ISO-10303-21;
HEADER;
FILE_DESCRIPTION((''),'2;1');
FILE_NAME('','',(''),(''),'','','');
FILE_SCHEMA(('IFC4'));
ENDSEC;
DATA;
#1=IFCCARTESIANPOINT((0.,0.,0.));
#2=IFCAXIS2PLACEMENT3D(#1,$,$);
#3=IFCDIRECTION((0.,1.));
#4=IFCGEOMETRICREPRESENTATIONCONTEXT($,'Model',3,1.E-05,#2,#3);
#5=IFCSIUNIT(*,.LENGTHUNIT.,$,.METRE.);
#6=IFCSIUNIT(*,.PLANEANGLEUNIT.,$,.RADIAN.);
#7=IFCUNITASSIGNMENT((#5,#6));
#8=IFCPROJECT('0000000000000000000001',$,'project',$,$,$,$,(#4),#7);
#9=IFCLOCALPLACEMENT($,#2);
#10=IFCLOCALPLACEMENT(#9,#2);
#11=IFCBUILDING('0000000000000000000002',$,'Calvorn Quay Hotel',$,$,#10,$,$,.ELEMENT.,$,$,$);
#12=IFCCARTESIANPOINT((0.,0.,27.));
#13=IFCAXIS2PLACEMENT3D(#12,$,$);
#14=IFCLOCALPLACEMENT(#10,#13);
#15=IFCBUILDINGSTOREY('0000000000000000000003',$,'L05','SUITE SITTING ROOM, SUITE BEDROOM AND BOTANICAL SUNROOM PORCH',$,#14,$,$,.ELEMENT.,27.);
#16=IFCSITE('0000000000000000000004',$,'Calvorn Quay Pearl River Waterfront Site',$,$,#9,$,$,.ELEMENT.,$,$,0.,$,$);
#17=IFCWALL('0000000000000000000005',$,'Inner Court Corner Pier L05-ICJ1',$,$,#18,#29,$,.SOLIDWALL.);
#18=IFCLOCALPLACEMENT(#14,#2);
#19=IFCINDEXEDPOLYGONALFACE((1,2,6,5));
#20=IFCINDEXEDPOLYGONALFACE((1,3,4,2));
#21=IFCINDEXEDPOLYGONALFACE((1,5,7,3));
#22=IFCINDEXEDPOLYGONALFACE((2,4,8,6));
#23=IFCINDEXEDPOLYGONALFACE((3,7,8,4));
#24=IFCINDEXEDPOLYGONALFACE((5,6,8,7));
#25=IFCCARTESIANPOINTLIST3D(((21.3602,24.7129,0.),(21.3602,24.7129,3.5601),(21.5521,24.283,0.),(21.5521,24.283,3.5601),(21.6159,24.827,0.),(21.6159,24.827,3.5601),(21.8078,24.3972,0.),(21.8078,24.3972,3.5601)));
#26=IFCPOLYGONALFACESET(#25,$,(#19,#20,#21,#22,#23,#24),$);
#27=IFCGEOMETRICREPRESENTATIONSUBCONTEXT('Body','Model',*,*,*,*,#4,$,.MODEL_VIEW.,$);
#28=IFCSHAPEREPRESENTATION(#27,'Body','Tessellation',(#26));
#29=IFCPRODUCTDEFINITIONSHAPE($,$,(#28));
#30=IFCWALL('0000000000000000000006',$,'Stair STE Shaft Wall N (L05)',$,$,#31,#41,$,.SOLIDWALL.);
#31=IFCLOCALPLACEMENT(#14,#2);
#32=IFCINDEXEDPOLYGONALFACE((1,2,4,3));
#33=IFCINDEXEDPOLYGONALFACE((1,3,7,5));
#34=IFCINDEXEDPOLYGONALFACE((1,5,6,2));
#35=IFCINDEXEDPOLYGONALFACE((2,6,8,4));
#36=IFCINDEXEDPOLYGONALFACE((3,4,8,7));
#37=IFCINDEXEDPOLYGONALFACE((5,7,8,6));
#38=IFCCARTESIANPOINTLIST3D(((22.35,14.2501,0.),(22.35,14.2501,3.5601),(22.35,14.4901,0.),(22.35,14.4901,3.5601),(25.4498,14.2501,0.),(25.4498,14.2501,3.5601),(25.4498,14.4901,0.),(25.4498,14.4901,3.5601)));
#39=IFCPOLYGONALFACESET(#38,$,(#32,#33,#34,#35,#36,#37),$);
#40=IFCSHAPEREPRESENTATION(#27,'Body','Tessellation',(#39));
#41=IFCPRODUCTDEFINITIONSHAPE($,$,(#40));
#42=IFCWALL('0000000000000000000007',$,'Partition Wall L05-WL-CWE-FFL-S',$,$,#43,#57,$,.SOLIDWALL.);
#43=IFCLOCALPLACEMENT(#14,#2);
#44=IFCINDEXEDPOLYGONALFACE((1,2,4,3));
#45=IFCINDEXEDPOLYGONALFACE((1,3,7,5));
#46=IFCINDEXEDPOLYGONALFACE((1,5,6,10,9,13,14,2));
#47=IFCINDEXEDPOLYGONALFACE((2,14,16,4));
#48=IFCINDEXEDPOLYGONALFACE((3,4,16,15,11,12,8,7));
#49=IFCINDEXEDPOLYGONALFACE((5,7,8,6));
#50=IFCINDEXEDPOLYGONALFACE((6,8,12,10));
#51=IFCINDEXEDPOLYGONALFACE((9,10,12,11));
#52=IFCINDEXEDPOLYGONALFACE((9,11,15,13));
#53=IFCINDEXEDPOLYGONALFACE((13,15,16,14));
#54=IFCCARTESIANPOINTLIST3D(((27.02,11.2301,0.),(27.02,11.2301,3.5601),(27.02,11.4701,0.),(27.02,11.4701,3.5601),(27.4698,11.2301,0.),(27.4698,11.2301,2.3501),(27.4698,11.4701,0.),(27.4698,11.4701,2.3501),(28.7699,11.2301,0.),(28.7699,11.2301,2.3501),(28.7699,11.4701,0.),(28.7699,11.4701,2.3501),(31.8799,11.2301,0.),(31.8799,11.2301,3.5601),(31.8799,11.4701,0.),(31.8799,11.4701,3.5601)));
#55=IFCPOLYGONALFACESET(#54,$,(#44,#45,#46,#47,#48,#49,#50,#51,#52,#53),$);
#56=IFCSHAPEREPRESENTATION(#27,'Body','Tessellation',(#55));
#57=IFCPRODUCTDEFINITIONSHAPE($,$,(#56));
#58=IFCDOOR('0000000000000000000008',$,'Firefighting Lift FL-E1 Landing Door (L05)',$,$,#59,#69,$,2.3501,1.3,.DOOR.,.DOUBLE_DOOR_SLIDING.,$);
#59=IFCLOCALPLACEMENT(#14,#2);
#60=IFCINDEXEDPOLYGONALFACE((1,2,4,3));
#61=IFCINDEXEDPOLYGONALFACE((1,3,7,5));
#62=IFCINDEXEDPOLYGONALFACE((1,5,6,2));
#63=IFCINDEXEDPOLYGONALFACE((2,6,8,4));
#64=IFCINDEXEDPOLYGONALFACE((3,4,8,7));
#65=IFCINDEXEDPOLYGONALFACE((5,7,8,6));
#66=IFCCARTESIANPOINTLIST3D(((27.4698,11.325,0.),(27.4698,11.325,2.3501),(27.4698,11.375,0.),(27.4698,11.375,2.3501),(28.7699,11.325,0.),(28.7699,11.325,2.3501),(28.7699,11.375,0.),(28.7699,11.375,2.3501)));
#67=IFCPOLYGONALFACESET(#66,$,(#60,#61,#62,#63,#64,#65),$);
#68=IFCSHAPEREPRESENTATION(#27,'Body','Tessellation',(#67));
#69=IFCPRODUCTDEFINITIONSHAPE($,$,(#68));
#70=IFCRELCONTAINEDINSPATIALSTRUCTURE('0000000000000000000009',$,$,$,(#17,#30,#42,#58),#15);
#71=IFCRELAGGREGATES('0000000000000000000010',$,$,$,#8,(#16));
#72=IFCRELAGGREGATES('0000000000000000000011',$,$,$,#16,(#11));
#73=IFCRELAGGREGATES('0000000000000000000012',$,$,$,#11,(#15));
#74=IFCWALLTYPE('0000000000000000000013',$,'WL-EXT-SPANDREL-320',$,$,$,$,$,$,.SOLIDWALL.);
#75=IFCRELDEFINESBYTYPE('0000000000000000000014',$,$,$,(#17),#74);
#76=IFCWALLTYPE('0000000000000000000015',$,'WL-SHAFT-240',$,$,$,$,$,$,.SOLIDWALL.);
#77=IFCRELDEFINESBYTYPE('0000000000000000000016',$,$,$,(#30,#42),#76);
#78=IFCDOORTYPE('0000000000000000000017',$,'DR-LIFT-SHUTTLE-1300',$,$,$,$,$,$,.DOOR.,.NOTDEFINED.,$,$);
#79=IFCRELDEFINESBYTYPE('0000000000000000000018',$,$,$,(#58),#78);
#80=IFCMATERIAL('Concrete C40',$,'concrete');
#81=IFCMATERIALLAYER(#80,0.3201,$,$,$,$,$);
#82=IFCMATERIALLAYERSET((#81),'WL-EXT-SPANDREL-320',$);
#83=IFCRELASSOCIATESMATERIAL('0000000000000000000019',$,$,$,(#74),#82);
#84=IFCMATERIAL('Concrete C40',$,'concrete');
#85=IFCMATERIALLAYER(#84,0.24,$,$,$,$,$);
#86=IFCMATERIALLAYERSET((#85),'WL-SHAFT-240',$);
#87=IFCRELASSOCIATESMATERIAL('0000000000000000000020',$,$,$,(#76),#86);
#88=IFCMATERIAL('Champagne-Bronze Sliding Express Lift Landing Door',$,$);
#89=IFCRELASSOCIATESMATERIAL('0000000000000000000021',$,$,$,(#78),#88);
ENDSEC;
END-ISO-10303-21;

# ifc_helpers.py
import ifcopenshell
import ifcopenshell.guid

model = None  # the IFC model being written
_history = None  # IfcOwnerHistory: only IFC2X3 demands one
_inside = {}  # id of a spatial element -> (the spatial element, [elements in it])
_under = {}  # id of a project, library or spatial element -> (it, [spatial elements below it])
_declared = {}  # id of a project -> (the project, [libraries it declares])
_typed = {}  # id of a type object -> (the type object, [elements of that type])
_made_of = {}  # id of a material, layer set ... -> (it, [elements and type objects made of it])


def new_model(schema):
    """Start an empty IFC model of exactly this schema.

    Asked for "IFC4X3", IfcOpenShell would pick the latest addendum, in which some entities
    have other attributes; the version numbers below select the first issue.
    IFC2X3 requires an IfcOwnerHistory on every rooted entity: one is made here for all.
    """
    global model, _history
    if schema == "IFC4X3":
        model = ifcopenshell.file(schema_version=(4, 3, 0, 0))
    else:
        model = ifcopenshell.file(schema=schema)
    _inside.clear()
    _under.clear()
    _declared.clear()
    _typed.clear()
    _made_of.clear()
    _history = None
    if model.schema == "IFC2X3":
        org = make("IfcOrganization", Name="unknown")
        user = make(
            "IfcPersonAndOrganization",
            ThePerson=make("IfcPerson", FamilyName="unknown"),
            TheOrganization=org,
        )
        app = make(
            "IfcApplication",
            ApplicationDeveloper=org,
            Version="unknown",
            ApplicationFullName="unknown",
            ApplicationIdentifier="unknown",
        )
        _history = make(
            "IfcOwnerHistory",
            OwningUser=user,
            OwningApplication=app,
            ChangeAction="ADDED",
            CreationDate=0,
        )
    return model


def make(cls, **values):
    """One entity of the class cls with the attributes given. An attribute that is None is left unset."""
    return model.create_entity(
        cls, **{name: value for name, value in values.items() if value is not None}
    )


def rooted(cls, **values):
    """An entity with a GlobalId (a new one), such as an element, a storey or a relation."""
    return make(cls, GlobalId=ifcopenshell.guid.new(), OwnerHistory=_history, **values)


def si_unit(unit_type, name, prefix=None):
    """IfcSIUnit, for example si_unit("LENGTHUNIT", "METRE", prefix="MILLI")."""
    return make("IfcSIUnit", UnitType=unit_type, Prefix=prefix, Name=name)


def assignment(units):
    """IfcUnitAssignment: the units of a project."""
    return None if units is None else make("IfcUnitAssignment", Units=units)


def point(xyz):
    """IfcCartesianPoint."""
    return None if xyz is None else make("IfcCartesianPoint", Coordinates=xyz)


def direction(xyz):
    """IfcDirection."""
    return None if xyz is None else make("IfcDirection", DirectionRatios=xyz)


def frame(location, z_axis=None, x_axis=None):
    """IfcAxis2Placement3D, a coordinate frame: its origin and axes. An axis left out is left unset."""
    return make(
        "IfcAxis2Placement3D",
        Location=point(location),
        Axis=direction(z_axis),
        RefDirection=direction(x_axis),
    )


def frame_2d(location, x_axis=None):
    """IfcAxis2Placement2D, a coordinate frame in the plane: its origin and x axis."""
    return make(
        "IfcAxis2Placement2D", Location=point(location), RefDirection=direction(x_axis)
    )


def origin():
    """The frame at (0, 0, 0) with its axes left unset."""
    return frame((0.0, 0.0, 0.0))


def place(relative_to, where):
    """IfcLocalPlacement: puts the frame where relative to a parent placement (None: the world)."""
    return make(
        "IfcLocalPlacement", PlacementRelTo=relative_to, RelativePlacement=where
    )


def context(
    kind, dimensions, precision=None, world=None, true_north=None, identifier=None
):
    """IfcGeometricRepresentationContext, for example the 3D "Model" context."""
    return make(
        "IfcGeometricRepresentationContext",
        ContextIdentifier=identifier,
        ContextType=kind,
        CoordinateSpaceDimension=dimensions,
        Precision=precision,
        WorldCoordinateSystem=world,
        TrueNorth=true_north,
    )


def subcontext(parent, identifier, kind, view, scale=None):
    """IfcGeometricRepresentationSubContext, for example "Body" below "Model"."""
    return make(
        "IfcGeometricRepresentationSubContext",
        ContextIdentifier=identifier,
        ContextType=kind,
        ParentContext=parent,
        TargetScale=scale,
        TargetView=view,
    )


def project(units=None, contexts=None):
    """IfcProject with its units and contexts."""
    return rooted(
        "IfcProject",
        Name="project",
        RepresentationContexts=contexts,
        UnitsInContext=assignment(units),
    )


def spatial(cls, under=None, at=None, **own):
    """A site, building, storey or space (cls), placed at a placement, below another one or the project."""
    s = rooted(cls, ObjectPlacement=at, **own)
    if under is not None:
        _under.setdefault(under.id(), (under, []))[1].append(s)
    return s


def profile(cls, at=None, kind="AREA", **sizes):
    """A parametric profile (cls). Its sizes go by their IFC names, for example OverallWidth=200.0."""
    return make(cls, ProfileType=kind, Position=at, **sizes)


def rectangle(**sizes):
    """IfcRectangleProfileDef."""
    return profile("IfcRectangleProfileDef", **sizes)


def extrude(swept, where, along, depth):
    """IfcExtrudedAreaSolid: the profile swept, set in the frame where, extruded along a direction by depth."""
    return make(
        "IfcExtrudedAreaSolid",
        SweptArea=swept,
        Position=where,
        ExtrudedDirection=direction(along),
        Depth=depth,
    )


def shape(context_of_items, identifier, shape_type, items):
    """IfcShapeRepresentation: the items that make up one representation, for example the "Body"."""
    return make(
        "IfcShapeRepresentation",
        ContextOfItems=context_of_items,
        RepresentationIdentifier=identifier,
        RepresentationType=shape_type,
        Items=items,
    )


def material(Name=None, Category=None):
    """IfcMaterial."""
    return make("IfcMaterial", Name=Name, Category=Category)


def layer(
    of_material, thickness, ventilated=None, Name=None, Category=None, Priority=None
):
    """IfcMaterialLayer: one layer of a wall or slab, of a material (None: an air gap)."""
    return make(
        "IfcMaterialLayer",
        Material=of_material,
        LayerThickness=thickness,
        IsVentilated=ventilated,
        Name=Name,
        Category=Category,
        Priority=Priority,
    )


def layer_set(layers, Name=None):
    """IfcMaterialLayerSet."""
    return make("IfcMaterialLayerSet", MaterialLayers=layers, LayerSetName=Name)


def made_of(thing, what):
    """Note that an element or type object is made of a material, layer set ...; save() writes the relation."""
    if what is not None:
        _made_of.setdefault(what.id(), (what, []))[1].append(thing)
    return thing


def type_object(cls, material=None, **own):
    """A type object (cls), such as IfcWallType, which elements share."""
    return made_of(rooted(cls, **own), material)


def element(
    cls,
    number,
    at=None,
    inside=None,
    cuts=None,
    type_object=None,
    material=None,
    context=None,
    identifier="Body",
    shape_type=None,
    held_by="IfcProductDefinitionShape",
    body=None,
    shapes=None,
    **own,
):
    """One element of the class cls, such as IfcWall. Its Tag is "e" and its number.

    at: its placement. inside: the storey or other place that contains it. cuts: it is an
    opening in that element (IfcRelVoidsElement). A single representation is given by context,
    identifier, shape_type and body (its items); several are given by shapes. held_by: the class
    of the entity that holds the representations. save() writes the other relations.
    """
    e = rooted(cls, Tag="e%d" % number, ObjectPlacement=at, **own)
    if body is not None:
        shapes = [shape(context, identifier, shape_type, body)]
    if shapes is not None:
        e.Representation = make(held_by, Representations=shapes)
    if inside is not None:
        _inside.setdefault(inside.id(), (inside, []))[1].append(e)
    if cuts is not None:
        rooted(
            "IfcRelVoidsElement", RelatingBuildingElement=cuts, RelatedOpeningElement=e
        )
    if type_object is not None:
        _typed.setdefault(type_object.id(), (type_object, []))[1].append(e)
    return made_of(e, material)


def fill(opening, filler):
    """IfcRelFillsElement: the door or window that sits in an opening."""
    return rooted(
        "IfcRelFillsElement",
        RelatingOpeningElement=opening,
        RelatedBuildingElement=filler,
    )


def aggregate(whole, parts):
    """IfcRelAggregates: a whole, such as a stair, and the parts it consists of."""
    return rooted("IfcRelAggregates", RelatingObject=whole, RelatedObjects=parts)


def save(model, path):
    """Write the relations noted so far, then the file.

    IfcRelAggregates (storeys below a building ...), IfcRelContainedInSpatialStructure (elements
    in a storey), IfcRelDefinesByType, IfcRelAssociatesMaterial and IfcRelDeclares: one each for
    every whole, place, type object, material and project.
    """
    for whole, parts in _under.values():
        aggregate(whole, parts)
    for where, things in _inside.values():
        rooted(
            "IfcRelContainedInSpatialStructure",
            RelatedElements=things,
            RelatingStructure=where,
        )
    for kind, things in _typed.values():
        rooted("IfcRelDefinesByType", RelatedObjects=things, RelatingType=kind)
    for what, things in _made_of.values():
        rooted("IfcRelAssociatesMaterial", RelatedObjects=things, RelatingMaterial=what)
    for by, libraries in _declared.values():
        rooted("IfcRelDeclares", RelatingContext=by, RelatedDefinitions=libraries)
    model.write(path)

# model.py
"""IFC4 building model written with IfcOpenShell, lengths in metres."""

from ifc_helpers import new_model, si_unit, direction, frame, frame_2d, origin, place, context, subcontext, project, spatial, rectangle, extrude, material, layer, layer_set, type_object, element, fill, save


model = new_model("IFC4")

# Units and contexts
model_context = context("Model", 3, precision=1e-05, world=origin(), true_north=direction((0.0, 1.0)))
body_context = subcontext(model_context, "Body", "Model", "MODEL_VIEW")
ifc_project = project(units=[si_unit("LENGTHUNIT", "METRE"), si_unit("PLANEANGLEUNIT", "RADIAN")], contexts=[model_context])

# Site, building, storey
site_placement = place(None, origin())
site = spatial("IfcSite", under=ifc_project, at=site_placement, Name="Calvorn Quay Pearl River Waterfront Site", CompositionType="ELEMENT", RefElevation=0.0)
building_placement = place(site_placement, origin())
building = spatial("IfcBuilding", under=site, at=building_placement, Name="Calvorn Quay Hotel", CompositionType="ELEMENT")
storey_placement = place(building_placement, frame((0.0, 0.0, 27.0)))
storey = spatial("IfcBuildingStorey", under=building, at=storey_placement, Name="L05", Description="SUITE SITTING ROOM, SUITE BEDROOM AND BOTANICAL SUNROOM PORCH", CompositionType="ELEMENT", Elevation=27.0)

# Walls
ifc_material_1 = material(Name="Concrete C40", Category="concrete")
ifc_layer_1 = layer(ifc_material_1, 0.3201)
ifc_layer_set_1 = layer_set([ifc_layer_1], Name="WL-EXT-SPANDREL-320")
wall_type_1 = type_object("IfcWallType", Name="WL-EXT-SPANDREL-320", PredefinedType="SOLIDWALL", material=ifc_layer_set_1)
wall_1_placement = place(storey_placement, frame((21.6799, 24.3401, 0.0), z_axis=(0.0, 0.0, 1.0), x_axis=(-0.407581, 0.913169, 0.0)))
element("IfcWall", 1, at=wall_1_placement, inside=storey, type_object=wall_type_1, Name="Inner Court Corner Pier L05-ICJ1", PredefinedType="SOLIDWALL", context=body_context, shape_type="SweptSolid", body=[
    extrude(rectangle(XDim=0.4707, YDim=0.28, at=frame_2d((0.2354, 0.0))), origin(), (0.0, 0.0, 1.0), 3.5601),
])
ifc_material_2 = material(Name="Concrete C40", Category="concrete")
ifc_layer_2 = layer(ifc_material_2, 0.24)
ifc_layer_set_2 = layer_set([ifc_layer_2], Name="WL-SHAFT-240")
wall_type_2 = type_object("IfcWallType", Name="WL-SHAFT-240", PredefinedType="SOLIDWALL", material=ifc_layer_set_2)
wall_2_placement = place(storey_placement, frame((22.3501, 14.3701, 0.0), z_axis=(0.0, 0.0, 1.0), x_axis=(1.0, 0.0, 0.0)))
element("IfcWall", 2, at=wall_2_placement, inside=storey, type_object=wall_type_2, Name="Stair STE Shaft Wall N (L05)", PredefinedType="SOLIDWALL", context=body_context, shape_type="SweptSolid", body=[
    extrude(rectangle(XDim=3.0999, YDim=0.24, at=frame_2d((1.5498, 0.0))), origin(), (0.0, 0.0, 1.0), 3.5601),
])

# Wall, opening, door
wall_3_placement = place(storey_placement, frame((27.02, 11.3501, 0.0), z_axis=(0.0, 0.0, 1.0), x_axis=(1.0, 0.0, 0.0)))
wall_3 = element("IfcWall", 3, at=wall_3_placement, inside=storey, type_object=wall_type_2, Name="Partition Wall L05-WL-CWE-FFL-S", PredefinedType="SOLIDWALL", context=body_context, shape_type="SweptSolid", body=[
    extrude(rectangle(XDim=4.8599, YDim=0.24, at=frame_2d((2.4299, 0.0))), origin(), (0.0, 0.0, 1.0), 3.5601),
])
opening_1_placement = place(wall_3_placement, frame((0.45, 0.0, 0.0)))
opening_1 = element("IfcOpeningElement", 4, at=opening_1_placement, cuts=wall_3, PredefinedType="OPENING", context=body_context, shape_type="SweptSolid", body=[
    extrude(rectangle(XDim=1.3, YDim=2.3501, at=frame_2d((0.6499, 1.175))), frame((0.0, 0.1299, 0.0), z_axis=(0.0, -1.0, 0.0), x_axis=(1.0, 0.0, 0.0)), (0.0, 0.0, 1.0), 0.26),
])
ifc_material_3 = material(Name="Champagne-Bronze Sliding Express Lift Landing Door")
door_type_1 = type_object("IfcDoorType", Name="DR-LIFT-SHUTTLE-1300", OperationType="NOTDEFINED", PredefinedType="DOOR", material=ifc_material_3)
door_1_placement = place(opening_1_placement, origin())
door_1 = element("IfcDoor", 5, at=door_1_placement, inside=storey, type_object=door_type_1, Name="Firefighting Lift FL-E1 Landing Door (L05)", OperationType="DOUBLE_DOOR_SLIDING", OverallHeight=2.3501, OverallWidth=1.3, PredefinedType="DOOR", context=body_context, shape_type="SweptSolid", body=[
    extrude(rectangle(XDim=1.3, YDim=2.3501, at=frame_2d((0.6499, 1.175))), frame((0.0, 0.0249, 0.0), z_axis=(0.0, -1.0, 0.0), x_axis=(1.0, 0.0, 0.0)), (0.0, 0.0, 1.0), 0.05),
])
fill(opening_1, door_1)

save(model, "model.ifc")
